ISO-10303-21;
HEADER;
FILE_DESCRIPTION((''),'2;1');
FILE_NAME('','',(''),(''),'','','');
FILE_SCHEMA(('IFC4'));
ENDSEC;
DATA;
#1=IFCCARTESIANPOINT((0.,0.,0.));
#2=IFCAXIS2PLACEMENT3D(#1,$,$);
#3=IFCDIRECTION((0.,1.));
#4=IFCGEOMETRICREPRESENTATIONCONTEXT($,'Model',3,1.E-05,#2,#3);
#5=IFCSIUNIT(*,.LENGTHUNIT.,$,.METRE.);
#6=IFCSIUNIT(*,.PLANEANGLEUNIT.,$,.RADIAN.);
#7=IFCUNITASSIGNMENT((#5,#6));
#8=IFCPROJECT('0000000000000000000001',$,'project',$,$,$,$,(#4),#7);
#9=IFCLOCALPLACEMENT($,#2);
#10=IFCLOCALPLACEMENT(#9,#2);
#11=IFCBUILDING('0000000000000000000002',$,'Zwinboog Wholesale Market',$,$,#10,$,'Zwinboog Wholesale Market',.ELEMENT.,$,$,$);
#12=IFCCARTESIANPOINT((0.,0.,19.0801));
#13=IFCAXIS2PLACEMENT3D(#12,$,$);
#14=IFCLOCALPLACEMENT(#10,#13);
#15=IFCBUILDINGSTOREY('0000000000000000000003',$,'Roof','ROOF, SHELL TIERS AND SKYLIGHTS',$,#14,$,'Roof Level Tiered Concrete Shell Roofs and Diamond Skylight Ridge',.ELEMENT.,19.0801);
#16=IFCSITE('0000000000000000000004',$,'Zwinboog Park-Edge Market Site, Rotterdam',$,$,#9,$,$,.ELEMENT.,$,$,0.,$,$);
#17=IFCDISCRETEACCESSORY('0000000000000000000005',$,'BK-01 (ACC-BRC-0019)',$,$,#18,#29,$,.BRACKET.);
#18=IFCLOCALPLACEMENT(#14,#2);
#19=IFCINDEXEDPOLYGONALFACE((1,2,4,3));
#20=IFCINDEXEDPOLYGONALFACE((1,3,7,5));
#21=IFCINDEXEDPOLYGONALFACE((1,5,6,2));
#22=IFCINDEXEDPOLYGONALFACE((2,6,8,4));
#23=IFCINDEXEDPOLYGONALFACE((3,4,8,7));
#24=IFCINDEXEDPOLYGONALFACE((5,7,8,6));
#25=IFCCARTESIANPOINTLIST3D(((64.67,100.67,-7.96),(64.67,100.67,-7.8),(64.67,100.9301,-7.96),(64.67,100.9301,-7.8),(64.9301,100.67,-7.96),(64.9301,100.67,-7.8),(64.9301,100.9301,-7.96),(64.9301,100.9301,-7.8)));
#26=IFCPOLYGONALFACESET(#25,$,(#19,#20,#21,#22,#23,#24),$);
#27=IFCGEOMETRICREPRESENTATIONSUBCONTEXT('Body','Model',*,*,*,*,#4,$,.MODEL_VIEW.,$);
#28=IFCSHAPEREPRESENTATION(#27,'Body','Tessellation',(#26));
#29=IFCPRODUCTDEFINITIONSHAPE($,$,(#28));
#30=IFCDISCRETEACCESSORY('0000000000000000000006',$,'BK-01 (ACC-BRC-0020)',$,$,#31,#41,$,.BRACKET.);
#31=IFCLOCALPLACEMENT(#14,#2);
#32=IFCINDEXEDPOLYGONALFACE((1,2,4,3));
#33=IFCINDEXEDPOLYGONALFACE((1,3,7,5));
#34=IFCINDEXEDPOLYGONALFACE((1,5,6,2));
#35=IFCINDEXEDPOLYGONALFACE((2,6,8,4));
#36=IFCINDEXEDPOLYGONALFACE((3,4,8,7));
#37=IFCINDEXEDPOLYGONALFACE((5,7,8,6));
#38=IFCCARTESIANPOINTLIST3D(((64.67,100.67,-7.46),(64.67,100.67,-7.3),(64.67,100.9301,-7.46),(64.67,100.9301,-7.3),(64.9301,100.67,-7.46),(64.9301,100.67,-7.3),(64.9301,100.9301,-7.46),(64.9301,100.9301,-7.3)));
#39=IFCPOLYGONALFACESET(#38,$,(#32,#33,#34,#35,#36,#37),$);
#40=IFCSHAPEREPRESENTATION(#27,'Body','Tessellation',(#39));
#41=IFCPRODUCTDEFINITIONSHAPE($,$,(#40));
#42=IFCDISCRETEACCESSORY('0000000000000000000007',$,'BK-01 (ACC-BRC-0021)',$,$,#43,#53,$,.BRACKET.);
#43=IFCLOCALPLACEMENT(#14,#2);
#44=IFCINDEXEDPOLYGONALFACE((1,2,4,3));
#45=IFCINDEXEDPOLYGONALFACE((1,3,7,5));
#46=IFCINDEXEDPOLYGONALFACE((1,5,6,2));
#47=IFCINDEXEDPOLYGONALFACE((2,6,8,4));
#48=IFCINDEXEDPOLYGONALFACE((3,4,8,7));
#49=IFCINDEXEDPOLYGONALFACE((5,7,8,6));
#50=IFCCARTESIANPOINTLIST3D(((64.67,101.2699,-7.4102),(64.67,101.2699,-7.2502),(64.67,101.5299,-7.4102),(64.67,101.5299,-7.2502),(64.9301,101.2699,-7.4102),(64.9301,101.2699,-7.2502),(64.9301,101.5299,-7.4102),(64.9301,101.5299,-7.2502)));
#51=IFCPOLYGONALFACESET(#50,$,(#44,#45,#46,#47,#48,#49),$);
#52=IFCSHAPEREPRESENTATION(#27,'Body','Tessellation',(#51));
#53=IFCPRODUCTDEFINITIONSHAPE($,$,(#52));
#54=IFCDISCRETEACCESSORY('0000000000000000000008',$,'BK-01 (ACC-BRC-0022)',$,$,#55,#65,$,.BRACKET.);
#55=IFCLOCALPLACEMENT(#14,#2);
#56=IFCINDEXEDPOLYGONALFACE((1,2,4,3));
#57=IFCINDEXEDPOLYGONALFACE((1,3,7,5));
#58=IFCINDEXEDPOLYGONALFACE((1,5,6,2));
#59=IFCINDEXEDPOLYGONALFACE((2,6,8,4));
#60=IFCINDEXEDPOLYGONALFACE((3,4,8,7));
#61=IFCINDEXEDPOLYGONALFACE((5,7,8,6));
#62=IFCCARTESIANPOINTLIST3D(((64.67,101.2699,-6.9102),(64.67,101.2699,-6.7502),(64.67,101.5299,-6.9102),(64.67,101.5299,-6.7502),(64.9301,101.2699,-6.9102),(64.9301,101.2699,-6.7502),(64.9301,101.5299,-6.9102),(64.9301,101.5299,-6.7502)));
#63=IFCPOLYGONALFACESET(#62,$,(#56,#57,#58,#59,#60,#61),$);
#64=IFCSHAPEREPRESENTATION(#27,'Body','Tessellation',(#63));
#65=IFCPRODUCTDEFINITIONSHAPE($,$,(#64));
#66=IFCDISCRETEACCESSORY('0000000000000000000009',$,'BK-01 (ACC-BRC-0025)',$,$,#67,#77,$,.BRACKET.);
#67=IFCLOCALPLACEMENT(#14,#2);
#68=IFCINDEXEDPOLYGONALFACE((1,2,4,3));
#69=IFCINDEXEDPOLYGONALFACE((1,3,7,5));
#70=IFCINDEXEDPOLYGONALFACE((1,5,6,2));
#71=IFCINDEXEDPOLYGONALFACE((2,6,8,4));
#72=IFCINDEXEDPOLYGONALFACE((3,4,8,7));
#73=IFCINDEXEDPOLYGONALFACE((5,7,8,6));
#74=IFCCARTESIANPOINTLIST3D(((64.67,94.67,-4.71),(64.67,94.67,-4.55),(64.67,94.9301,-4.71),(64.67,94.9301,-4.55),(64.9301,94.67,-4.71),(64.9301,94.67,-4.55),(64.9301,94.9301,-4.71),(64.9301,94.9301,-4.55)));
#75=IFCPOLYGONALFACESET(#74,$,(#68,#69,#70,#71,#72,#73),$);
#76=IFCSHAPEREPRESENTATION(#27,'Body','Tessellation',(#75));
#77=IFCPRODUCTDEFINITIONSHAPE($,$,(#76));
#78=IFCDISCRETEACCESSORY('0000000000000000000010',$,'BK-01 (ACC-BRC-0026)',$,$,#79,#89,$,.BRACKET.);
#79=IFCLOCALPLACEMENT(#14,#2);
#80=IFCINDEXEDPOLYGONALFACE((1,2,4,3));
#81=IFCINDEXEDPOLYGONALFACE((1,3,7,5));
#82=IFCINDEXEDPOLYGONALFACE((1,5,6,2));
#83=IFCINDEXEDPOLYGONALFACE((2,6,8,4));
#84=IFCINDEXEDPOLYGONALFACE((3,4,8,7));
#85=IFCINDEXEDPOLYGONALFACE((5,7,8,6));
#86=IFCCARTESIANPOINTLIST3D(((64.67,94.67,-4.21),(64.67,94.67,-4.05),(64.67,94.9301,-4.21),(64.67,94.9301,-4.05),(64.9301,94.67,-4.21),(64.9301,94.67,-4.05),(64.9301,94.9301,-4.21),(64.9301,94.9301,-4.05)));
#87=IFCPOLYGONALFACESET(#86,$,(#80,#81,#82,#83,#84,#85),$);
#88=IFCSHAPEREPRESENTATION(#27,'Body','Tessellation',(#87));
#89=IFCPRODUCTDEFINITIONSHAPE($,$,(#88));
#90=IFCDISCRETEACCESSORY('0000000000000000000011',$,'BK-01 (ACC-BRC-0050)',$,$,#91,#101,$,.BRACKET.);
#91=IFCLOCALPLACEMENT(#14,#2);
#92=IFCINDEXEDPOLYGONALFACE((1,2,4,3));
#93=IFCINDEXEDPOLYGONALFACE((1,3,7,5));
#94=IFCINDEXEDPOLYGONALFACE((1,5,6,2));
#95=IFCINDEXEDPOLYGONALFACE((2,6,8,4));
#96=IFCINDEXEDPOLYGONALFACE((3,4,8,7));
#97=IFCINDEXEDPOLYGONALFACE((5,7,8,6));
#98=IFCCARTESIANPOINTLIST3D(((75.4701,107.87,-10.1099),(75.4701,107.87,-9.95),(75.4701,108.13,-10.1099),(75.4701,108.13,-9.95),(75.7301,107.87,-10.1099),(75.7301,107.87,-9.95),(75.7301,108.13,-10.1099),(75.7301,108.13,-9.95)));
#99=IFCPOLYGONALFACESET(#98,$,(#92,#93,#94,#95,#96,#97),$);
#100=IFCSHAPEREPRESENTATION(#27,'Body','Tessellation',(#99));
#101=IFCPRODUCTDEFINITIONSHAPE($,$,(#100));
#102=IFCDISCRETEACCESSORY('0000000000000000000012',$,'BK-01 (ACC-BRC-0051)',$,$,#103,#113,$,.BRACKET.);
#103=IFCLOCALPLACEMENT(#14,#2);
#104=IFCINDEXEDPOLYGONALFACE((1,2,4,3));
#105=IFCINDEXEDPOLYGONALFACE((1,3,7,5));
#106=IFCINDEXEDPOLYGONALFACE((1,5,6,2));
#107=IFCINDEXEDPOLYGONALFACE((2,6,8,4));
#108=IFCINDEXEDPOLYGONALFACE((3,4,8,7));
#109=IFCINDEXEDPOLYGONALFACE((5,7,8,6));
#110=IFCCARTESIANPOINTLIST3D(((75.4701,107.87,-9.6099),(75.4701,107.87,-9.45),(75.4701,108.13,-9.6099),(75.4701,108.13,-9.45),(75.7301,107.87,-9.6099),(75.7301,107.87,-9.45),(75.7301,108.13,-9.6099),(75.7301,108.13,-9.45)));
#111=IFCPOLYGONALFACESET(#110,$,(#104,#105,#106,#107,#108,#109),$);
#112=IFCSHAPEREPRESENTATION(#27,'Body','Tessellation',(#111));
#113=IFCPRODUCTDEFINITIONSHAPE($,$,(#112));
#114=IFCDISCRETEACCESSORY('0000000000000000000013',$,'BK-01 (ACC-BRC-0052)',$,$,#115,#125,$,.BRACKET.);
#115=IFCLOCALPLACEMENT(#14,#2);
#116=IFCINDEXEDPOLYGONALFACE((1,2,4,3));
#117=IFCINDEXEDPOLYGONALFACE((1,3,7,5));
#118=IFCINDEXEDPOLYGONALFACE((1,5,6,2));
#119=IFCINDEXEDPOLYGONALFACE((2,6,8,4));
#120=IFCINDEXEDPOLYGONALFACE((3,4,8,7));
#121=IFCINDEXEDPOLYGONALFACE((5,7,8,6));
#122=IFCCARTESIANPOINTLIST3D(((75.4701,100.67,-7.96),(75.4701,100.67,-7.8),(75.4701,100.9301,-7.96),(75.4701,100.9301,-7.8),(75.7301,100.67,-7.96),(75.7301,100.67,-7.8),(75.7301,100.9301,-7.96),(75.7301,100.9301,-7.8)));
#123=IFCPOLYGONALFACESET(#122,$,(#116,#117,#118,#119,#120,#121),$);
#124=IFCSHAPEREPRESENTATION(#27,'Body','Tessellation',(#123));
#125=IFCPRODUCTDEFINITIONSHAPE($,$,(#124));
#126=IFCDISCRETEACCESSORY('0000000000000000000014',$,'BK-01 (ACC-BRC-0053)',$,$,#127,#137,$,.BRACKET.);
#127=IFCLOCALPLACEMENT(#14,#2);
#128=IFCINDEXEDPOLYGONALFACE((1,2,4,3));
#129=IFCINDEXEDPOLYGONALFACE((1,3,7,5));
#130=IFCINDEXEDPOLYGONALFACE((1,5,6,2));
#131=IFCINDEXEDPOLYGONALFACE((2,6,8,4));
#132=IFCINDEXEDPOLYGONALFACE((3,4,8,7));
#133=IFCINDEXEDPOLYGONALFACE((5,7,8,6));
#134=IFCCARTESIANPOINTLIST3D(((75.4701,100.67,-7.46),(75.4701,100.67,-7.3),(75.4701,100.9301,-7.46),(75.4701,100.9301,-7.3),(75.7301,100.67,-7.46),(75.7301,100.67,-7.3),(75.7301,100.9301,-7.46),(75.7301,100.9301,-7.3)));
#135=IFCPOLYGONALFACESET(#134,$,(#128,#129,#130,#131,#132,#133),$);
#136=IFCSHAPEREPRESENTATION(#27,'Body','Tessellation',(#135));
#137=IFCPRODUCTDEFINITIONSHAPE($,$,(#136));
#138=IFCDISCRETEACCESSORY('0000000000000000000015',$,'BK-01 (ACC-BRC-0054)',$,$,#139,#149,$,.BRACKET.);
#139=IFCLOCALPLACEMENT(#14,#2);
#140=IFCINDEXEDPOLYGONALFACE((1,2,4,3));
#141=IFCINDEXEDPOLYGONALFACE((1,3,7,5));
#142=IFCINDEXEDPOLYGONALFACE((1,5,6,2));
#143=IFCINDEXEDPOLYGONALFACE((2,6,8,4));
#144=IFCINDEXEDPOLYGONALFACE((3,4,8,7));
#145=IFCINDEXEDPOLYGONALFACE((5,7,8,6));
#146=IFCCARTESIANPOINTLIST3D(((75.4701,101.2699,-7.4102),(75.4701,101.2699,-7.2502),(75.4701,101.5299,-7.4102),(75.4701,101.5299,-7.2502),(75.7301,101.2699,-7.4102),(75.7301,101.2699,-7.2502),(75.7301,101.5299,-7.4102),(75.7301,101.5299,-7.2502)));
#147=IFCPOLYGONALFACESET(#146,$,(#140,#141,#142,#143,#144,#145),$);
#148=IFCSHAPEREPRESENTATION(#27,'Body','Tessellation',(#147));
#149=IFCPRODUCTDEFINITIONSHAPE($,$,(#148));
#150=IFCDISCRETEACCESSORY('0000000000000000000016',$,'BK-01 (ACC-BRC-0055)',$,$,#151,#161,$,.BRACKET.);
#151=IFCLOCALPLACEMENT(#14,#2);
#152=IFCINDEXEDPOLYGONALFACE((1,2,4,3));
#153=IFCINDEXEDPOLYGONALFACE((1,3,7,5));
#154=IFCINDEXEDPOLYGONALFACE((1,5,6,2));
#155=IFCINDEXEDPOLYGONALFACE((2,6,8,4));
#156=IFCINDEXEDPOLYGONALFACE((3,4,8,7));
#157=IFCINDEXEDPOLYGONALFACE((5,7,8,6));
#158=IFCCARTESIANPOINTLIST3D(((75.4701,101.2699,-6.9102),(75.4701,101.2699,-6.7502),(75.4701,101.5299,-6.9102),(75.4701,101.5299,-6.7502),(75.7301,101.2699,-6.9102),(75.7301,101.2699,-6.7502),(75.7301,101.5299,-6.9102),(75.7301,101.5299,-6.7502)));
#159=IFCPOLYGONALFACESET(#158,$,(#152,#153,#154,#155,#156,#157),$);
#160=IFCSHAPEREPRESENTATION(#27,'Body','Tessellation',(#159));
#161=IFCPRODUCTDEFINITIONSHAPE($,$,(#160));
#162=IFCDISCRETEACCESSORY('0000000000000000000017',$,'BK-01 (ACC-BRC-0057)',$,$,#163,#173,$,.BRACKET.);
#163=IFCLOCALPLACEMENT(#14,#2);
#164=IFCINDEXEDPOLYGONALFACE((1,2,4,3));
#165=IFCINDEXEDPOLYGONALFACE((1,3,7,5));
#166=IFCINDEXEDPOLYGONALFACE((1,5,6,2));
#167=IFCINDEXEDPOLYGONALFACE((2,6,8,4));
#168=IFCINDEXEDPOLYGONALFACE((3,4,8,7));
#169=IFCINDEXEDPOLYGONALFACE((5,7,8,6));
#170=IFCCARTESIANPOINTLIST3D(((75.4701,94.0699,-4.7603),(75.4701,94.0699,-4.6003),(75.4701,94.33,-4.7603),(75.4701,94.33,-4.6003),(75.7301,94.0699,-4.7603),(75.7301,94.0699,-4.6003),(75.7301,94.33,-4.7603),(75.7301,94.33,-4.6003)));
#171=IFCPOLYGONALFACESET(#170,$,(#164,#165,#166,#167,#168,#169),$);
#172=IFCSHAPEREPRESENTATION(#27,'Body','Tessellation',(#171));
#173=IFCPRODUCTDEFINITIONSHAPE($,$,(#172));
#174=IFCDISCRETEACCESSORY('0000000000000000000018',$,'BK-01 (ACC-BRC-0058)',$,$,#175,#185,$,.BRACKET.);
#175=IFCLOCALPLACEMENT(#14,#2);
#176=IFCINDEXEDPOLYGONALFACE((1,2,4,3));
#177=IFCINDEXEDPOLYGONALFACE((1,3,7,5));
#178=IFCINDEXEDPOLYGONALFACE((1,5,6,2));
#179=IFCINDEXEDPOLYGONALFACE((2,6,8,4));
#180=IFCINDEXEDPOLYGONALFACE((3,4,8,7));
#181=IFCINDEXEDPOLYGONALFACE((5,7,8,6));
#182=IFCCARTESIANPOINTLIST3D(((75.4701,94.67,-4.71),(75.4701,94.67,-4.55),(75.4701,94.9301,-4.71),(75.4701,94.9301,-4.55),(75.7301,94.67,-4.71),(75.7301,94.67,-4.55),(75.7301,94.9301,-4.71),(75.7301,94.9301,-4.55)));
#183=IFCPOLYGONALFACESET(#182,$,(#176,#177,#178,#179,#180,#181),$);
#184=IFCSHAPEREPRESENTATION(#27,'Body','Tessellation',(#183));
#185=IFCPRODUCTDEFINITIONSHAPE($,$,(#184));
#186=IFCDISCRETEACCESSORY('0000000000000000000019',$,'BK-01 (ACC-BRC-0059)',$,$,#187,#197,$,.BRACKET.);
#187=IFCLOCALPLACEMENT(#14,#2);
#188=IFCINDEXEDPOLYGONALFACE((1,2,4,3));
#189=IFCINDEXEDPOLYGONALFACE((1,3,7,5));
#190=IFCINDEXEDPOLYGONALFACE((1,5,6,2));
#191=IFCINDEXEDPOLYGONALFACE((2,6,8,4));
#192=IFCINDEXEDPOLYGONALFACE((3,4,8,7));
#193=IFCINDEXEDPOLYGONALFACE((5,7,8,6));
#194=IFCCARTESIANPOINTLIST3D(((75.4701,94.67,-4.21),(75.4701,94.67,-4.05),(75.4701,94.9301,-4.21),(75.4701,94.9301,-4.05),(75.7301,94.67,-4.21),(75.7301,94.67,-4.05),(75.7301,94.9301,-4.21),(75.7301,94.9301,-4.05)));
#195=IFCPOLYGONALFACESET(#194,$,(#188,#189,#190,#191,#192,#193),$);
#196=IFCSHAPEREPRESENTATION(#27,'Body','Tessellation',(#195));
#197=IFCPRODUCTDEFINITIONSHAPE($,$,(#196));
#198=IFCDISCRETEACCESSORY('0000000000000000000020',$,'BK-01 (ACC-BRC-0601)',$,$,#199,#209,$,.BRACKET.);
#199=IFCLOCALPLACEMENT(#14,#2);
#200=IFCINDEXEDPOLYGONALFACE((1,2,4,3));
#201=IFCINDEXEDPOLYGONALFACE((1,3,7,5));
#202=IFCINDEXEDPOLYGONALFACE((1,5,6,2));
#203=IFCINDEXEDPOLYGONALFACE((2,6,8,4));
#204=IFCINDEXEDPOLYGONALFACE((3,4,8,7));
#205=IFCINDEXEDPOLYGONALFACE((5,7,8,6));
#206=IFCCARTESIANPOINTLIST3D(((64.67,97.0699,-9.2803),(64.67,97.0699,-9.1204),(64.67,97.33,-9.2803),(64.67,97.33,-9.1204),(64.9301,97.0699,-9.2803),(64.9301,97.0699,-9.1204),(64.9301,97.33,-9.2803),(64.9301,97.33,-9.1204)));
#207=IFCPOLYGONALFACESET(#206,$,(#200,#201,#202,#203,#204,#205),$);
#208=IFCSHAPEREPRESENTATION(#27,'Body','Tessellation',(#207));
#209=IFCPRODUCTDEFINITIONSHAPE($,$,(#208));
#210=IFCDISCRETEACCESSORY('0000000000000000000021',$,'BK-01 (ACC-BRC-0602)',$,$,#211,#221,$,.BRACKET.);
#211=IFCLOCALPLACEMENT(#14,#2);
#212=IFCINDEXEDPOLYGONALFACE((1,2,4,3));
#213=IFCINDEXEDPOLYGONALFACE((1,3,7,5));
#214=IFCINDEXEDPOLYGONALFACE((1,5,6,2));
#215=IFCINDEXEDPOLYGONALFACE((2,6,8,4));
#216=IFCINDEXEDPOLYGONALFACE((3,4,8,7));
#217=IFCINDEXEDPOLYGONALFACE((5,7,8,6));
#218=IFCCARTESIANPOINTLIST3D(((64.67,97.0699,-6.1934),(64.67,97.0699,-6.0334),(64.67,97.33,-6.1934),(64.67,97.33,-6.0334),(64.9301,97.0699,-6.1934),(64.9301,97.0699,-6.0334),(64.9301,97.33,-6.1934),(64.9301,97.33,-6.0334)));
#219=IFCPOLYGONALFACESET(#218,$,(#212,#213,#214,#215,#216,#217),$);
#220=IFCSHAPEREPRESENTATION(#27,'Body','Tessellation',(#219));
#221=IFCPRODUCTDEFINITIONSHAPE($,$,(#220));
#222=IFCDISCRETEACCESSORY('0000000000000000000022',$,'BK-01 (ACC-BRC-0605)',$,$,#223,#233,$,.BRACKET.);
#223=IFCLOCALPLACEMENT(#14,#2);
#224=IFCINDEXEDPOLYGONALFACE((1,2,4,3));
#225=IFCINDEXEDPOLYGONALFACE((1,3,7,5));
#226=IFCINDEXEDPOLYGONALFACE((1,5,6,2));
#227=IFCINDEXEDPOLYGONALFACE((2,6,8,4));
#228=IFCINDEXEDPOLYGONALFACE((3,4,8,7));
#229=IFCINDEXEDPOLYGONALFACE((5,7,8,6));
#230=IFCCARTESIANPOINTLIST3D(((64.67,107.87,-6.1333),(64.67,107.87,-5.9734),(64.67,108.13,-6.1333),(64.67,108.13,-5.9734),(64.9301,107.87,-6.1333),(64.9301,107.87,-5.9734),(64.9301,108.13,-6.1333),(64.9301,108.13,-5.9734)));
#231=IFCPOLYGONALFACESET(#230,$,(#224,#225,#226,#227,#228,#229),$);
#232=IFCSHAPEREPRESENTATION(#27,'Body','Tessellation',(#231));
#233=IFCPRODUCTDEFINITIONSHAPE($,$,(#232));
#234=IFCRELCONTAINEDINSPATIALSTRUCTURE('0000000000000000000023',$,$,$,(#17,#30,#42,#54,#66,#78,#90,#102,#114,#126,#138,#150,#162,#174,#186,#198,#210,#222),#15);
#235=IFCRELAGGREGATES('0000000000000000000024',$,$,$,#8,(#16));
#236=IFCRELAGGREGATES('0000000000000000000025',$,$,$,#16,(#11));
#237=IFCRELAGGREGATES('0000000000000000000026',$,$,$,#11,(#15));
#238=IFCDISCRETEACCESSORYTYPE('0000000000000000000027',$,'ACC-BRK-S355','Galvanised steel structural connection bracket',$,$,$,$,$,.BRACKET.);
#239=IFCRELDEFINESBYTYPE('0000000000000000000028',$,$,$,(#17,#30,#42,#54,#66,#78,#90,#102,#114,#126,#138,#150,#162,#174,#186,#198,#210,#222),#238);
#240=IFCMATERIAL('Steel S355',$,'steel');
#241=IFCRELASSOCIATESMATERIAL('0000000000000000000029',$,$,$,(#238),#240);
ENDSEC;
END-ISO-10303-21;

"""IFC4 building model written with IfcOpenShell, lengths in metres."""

from ifc_helpers import new_model, si_unit, direction, frame, origin, origin_2d, place, context, subcontext, project, spatial, rectangle, extrude, material, type_object, element, save


model = new_model("IFC4")

# Units and contexts
model_context = context("Model", 3, precision=1e-05, world=origin(), true_north=direction((0.0, 1.0)))
body_context = subcontext(model_context, "Body", "Model", "MODEL_VIEW")
ifc_project = project(units=[si_unit("LENGTHUNIT", "METRE"), si_unit("PLANEANGLEUNIT", "RADIAN")], contexts=[model_context])

# Site, building, storey
site_placement = place(None, origin())
site = spatial("IfcSite", under=ifc_project, at=site_placement, Name="Zwinboog Park-Edge Market Site, Rotterdam", CompositionType="ELEMENT", RefElevation=0.0)
building_placement = place(site_placement, origin())
building = spatial("IfcBuilding", under=site, at=building_placement, Name="Zwinboog Wholesale Market", LongName="Zwinboog Wholesale Market", CompositionType="ELEMENT")
storey_placement = place(building_placement, frame((0.0, 0.0, 19.0801)))
storey = spatial("IfcBuildingStorey", under=building, at=storey_placement, Name="Roof", Description="ROOF, SHELL TIERS AND SKYLIGHTS", LongName="Roof Level Tiered Concrete Shell Roofs and Diamond Skylight Ridge", CompositionType="ELEMENT", Elevation=19.0801)

# Shared definitions
ifc_material_1 = material(Name="Steel S355", Category="steel")

# Discrete accessories
discrete_accessory_type = type_object("IfcDiscreteAccessoryType", Name="ACC-BRK-S355", Description="Galvanised steel structural connection bracket", PredefinedType="BRACKET", material=ifc_material_1)
for number, where, z_axis, x_axis, name in (
    (1, (64.8, 100.8, -7.96), (0.0, 0.0, 1.0), (1.0, 0.0, 0.0), "BK-01 (ACC-BRC-0019)"),
    (2, (64.8, 100.8, -7.46), (0.0, 0.0, 1.0), (1.0, 0.0, 0.0), "BK-01 (ACC-BRC-0020)"),
    (3, (64.8, 101.3999, -7.4102), (0.0, 0.0, 1.0), (1.0, 0.0, 0.0), "BK-01 (ACC-BRC-0021)"),
    (4, (64.8, 101.3999, -6.9102), (0.0, 0.0, 1.0), (1.0, 0.0, 0.0), "BK-01 (ACC-BRC-0022)"),
    (5, (64.8, 94.8, -4.71), (0.0, 0.0, 1.0), (1.0, 0.0, 0.0), "BK-01 (ACC-BRC-0025)"),
    (6, (64.8, 94.8, -4.21), (0.0, 0.0, 1.0), (1.0, 0.0, 0.0), "BK-01 (ACC-BRC-0026)"),
    (7, (75.6001, 108.0, -10.1099), (0.0, 0.0, 1.0), (1.0, 0.0, 0.0), "BK-01 (ACC-BRC-0050)"),
    (8, (75.6001, 108.0, -9.6099), (0.0, 0.0, 1.0), (1.0, 0.0, 0.0), "BK-01 (ACC-BRC-0051)"),
    (9, (75.6001, 100.8, -7.96), (0.0, 0.0, 1.0), (1.0, 0.0, 0.0), "BK-01 (ACC-BRC-0052)"),
    (10, (75.6001, 100.8, -7.46), (0.0, 0.0, 1.0), (1.0, 0.0, 0.0), "BK-01 (ACC-BRC-0053)"),
    (11, (75.6001, 101.3999, -7.4102), (0.0, 0.0, 1.0), (1.0, 0.0, 0.0), "BK-01 (ACC-BRC-0054)"),
    (12, (75.6001, 101.3999, -6.9102), (0.0, 0.0, 1.0), (1.0, 0.0, 0.0), "BK-01 (ACC-BRC-0055)"),
    (13, (75.6001, 94.2, -4.7603), (0.0, 0.0, 1.0), (1.0, 0.0, 0.0), "BK-01 (ACC-BRC-0057)"),
    (14, (75.6001, 94.8, -4.71), (0.0, 0.0, 1.0), (1.0, 0.0, 0.0), "BK-01 (ACC-BRC-0058)"),
    (15, (75.6001, 94.8, -4.21), (0.0, 0.0, 1.0), (1.0, 0.0, 0.0), "BK-01 (ACC-BRC-0059)"),
    (16, (64.8, 97.2, -9.2803), (0.0, 0.0, 1.0), (1.0, 0.0, 0.0), "BK-01 (ACC-BRC-0601)"),
    (17, (64.8, 97.2, -6.1934), (0.0, 0.0, 1.0), (1.0, 0.0, 0.0), "BK-01 (ACC-BRC-0602)"),
    (18, (64.8, 108.0, -6.1333), (0.0, 0.0, 1.0), (1.0, 0.0, 0.0), "BK-01 (ACC-BRC-0605)"),
):
    element("IfcDiscreteAccessory", number, at=place(storey_placement, frame(where, z_axis=z_axis, x_axis=x_axis)), inside=storey, type_object=discrete_accessory_type, Name=name, PredefinedType="BRACKET", context=body_context, shape_type="SweptSolid", body=[
        extrude(rectangle(XDim=0.26, YDim=0.26, at=origin_2d()), origin(), (0.0, 0.0, 1.0), 0.1599),
    ])

save(model, "model.ifc")
